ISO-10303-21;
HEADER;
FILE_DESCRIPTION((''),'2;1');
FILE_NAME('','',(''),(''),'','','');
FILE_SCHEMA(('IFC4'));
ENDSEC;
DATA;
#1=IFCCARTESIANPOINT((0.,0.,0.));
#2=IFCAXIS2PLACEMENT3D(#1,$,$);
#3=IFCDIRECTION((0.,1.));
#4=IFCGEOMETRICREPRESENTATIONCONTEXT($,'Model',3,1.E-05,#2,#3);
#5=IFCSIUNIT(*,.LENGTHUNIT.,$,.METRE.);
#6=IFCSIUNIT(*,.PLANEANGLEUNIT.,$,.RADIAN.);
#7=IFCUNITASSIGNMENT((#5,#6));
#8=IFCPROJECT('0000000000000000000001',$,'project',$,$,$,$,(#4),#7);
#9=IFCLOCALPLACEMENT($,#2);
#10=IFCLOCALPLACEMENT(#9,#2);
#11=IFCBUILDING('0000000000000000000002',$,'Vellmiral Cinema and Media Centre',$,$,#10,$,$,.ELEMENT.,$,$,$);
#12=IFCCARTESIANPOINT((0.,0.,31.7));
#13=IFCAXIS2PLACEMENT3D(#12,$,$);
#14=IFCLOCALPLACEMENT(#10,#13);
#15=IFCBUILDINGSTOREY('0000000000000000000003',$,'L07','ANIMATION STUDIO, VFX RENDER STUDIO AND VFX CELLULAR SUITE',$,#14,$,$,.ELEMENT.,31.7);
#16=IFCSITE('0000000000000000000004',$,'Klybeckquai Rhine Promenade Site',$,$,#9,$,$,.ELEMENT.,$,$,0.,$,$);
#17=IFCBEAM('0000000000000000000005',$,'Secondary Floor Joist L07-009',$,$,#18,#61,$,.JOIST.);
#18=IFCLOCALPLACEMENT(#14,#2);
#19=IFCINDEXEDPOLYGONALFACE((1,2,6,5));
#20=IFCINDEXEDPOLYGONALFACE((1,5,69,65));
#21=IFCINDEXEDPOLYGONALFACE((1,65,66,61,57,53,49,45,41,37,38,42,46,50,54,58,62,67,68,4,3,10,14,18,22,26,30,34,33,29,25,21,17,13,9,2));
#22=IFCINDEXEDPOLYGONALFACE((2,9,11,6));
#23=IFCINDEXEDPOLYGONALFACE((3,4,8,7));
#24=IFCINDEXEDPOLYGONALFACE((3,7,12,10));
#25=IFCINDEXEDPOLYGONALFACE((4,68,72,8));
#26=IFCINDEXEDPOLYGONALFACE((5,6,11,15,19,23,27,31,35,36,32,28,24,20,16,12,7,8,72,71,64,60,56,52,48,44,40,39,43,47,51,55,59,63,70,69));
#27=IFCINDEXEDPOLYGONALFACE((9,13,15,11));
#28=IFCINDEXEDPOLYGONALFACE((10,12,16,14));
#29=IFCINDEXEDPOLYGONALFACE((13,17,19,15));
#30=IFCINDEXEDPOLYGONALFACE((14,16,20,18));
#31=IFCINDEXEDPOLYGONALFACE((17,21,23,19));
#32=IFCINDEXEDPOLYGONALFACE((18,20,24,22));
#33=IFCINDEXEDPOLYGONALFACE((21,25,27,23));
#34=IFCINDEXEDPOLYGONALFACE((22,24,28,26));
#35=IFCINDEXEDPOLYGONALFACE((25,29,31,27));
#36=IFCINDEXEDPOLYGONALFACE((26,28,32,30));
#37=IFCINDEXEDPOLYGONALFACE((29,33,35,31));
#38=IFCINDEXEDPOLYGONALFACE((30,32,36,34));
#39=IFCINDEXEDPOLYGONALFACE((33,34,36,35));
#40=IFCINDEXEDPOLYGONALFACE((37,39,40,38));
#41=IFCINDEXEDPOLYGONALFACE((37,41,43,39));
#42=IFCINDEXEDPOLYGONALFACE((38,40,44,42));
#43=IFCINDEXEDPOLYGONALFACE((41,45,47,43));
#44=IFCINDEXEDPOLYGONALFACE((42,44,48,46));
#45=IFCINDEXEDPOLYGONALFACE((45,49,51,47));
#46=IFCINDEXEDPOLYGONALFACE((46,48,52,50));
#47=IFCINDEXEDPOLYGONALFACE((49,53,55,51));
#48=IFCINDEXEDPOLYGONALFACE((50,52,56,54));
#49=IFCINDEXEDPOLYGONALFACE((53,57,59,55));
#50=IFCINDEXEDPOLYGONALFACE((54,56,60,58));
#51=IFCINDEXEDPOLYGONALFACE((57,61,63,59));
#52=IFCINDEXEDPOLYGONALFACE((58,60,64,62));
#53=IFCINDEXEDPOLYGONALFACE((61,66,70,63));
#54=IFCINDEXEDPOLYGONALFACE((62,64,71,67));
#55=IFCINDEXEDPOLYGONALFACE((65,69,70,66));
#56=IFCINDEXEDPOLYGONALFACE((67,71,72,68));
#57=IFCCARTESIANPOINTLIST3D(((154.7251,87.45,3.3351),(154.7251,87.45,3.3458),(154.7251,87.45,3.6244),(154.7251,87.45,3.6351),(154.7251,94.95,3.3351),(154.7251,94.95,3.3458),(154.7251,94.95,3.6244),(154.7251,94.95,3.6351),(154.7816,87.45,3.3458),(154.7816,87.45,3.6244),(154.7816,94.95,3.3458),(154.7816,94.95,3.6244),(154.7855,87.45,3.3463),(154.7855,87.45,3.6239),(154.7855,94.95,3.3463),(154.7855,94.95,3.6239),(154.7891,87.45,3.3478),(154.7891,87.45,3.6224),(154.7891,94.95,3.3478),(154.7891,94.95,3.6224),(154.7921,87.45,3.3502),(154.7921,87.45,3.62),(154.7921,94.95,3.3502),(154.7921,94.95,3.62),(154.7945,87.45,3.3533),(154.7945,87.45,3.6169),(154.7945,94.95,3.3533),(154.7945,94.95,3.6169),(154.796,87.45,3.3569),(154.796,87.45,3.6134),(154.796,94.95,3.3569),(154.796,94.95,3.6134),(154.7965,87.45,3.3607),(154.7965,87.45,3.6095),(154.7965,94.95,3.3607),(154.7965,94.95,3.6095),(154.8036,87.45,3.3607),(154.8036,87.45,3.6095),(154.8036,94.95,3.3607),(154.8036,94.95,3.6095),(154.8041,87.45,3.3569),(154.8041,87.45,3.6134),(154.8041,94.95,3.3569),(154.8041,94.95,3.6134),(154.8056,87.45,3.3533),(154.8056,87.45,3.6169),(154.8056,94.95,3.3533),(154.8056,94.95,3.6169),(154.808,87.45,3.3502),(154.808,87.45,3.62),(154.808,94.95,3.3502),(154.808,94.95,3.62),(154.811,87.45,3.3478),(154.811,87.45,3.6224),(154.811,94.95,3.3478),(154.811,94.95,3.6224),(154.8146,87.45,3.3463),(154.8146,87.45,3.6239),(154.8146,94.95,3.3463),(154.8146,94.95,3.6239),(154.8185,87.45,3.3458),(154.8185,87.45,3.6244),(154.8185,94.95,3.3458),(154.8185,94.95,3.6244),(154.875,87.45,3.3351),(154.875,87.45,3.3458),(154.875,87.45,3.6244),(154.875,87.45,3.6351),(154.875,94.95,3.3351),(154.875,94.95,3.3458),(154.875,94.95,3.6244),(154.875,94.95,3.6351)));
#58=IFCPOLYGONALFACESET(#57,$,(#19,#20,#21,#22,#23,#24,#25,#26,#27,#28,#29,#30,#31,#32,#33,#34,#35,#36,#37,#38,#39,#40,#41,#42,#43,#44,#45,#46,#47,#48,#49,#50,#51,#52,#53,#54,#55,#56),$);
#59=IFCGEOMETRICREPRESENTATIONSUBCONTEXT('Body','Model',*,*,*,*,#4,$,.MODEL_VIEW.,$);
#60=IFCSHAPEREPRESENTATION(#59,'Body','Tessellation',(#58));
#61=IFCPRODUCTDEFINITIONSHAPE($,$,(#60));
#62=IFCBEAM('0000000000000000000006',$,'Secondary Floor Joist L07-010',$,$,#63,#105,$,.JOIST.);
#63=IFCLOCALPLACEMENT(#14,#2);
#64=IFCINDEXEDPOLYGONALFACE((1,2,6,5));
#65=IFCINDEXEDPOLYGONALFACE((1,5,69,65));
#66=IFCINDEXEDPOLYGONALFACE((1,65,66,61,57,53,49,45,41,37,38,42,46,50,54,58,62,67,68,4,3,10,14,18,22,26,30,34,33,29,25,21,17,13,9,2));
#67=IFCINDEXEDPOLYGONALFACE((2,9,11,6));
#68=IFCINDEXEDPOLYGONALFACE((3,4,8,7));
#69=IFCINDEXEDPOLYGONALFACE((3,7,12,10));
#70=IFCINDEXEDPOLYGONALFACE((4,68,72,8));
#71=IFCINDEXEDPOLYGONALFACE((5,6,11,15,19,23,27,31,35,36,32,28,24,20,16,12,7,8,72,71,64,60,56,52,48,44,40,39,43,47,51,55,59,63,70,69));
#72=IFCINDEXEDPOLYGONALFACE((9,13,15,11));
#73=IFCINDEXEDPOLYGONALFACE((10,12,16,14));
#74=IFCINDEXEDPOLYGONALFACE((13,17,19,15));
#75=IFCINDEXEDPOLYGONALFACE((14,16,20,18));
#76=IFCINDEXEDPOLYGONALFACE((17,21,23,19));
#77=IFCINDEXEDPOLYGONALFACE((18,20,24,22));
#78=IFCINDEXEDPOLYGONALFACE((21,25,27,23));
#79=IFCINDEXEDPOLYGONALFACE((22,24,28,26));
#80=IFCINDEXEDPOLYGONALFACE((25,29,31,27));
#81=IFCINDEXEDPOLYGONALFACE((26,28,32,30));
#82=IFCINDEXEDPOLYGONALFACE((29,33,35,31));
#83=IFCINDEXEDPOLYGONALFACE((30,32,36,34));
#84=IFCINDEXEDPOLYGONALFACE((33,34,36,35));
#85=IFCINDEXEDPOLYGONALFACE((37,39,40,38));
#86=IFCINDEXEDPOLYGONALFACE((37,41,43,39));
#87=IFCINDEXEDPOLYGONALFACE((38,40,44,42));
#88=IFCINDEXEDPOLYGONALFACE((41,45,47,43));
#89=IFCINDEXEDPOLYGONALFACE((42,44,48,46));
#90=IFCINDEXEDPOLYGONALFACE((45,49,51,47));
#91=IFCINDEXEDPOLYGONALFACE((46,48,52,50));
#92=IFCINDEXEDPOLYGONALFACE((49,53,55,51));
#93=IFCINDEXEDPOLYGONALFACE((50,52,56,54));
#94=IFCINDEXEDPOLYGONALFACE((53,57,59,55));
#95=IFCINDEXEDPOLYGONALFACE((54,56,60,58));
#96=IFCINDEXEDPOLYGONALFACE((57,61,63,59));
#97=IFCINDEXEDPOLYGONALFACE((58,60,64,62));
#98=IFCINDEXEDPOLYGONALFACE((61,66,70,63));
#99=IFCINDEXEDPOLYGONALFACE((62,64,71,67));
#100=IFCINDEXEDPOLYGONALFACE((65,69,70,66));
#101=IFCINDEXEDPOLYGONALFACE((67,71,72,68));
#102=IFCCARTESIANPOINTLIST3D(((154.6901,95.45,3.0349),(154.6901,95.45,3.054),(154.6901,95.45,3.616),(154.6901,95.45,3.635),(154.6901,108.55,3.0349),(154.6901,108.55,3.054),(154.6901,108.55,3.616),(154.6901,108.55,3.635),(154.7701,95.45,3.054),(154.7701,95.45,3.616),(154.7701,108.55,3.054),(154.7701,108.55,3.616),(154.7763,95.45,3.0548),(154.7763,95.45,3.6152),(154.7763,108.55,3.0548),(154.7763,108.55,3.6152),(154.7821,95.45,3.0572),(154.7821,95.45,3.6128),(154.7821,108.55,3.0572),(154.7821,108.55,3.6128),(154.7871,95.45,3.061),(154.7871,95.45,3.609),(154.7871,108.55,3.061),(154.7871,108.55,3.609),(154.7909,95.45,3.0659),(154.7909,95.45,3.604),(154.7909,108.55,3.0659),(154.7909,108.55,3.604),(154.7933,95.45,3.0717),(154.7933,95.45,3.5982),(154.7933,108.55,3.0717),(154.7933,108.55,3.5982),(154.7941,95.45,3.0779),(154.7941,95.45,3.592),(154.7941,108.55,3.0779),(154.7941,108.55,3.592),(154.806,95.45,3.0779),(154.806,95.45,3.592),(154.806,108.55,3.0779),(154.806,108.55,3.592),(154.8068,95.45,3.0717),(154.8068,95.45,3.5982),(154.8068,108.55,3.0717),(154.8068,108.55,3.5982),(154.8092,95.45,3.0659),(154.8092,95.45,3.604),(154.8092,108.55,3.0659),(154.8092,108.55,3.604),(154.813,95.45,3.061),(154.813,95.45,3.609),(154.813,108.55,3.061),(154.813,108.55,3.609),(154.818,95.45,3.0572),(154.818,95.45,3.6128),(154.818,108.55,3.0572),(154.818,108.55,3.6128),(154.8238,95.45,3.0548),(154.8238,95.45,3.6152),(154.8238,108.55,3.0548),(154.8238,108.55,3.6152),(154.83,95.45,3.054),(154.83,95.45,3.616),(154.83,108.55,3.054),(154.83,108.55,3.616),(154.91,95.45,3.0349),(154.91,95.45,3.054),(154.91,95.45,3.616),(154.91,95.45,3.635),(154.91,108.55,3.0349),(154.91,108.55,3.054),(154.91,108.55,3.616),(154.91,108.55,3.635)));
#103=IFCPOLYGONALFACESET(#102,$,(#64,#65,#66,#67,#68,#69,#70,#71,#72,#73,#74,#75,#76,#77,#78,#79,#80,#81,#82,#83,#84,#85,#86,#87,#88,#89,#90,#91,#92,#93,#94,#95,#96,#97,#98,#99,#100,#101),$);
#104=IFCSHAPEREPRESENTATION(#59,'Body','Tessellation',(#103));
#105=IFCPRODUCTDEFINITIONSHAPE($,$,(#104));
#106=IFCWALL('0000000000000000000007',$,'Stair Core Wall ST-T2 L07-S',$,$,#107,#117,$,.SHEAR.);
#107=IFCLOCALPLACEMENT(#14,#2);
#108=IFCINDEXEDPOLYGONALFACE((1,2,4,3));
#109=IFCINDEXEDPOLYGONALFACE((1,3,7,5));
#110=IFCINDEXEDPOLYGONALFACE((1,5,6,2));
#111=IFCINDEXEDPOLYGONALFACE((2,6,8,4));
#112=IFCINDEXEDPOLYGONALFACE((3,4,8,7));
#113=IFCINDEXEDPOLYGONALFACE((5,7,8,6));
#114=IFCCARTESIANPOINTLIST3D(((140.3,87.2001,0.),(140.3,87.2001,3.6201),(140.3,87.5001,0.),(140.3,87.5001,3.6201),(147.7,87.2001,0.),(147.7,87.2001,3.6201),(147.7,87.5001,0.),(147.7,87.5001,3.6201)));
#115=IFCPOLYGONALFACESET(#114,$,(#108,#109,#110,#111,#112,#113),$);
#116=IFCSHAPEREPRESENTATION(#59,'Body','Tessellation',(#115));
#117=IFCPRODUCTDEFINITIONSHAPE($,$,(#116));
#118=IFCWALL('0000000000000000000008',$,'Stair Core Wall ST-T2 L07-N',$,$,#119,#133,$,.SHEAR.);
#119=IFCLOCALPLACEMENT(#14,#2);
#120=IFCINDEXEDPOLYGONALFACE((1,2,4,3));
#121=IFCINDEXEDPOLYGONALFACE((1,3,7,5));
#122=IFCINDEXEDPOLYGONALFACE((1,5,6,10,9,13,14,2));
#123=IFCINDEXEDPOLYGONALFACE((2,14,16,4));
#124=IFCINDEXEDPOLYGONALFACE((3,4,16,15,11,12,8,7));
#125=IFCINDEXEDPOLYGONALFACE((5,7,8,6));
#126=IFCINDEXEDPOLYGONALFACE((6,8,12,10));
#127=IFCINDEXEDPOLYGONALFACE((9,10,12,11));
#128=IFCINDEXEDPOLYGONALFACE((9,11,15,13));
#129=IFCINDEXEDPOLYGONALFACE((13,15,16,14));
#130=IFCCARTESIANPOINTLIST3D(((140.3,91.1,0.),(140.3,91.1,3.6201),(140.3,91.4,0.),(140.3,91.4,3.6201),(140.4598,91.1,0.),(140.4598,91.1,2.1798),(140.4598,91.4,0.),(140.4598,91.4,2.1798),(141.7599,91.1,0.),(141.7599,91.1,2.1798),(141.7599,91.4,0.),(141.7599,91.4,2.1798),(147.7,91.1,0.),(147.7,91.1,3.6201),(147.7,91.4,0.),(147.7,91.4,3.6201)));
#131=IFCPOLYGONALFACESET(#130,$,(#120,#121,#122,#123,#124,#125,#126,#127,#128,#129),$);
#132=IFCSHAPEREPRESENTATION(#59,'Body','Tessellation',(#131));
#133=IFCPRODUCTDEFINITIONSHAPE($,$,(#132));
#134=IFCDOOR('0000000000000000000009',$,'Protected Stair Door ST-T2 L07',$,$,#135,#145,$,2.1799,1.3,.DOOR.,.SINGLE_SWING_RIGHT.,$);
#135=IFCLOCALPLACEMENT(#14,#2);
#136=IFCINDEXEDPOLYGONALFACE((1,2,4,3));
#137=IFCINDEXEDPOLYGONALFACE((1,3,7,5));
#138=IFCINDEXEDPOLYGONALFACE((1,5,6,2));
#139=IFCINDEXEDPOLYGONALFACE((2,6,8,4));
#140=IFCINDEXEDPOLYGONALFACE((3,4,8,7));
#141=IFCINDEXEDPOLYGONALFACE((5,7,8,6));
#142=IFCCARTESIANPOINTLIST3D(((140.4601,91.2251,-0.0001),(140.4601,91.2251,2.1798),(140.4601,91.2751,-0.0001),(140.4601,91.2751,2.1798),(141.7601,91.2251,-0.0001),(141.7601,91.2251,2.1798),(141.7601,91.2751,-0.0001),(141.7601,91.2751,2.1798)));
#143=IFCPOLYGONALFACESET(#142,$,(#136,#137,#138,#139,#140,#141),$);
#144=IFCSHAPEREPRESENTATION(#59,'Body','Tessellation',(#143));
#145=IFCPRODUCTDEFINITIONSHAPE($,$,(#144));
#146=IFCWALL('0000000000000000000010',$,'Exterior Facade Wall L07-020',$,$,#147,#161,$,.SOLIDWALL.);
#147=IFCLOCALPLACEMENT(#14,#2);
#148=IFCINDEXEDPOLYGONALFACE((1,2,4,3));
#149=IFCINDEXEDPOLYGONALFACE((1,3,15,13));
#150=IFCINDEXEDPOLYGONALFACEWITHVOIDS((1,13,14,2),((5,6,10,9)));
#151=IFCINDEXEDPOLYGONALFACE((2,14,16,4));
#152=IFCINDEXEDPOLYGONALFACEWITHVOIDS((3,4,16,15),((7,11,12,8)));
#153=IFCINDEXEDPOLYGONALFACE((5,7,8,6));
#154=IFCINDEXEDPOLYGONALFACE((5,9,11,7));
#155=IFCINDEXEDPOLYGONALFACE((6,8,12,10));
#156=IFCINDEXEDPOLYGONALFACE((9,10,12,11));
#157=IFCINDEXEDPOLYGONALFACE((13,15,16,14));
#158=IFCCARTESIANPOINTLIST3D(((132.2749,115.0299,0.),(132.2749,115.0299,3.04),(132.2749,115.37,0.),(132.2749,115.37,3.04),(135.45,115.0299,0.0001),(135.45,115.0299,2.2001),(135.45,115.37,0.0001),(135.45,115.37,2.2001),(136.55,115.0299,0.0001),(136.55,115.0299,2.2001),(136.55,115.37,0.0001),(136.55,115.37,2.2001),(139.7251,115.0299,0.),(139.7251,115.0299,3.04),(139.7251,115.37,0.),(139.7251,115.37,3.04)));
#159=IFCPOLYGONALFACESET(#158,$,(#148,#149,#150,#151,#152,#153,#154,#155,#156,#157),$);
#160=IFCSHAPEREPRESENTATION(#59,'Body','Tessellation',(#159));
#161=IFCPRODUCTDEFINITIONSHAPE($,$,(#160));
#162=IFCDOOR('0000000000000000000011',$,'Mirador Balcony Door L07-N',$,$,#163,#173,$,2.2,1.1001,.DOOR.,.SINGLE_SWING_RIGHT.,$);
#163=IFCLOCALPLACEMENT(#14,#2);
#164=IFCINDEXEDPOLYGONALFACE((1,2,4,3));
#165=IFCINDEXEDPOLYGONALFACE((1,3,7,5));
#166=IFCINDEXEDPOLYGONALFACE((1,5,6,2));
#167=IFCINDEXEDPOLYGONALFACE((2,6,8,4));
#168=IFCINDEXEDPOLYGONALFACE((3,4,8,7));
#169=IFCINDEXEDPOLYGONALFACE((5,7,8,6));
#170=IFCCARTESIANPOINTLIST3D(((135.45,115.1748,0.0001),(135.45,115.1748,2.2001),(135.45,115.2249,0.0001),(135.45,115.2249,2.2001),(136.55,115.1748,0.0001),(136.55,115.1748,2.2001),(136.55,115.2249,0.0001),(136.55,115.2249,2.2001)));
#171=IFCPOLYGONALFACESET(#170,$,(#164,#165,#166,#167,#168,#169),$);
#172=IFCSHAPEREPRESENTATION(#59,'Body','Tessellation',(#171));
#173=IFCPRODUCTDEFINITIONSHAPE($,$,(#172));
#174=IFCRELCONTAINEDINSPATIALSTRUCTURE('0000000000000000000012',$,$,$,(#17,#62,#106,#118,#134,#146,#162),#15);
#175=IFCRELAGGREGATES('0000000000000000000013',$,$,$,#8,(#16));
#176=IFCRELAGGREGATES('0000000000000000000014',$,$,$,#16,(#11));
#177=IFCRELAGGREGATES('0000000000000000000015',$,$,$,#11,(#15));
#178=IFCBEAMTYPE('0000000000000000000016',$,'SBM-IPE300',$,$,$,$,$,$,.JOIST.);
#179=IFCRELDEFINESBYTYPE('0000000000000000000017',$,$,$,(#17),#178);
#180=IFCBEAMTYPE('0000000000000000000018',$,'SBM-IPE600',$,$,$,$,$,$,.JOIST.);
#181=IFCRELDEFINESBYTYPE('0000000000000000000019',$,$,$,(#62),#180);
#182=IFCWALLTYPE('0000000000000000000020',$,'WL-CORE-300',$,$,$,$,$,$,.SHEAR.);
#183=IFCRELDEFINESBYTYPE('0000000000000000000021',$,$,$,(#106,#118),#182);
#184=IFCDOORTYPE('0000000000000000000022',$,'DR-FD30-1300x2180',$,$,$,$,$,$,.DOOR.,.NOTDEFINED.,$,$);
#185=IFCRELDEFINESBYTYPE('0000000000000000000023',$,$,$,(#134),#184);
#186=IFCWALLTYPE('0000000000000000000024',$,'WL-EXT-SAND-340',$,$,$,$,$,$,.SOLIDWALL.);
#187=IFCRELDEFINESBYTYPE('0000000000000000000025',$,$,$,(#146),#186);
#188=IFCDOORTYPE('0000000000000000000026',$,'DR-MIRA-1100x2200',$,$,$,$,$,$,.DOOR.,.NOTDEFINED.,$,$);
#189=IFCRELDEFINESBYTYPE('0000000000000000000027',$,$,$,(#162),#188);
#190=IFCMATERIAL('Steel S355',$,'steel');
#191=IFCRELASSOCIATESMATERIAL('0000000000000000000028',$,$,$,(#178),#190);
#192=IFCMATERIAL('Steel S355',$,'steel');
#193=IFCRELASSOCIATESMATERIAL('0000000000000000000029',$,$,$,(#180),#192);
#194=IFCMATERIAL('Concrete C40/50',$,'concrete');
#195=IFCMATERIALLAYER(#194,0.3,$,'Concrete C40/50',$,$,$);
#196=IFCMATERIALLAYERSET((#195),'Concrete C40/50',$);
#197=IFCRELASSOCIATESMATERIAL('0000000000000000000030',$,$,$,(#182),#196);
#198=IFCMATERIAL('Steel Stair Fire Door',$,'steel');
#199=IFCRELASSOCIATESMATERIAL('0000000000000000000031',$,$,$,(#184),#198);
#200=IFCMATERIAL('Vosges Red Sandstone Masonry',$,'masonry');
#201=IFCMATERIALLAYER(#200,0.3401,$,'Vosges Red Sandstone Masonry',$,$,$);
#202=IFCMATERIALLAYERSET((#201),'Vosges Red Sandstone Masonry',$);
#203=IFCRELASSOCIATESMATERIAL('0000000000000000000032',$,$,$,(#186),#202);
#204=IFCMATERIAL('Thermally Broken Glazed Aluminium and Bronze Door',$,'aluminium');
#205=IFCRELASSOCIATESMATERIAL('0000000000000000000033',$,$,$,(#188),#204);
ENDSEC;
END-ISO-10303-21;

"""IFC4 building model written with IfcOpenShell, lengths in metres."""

from ifc_helpers import new_model, si_unit, direction, frame, frame_2d, origin, origin_2d, place, context, subcontext, project, spatial, rectangle, i_section, extrude, material, layer, layer_set, material_profile, profile_set, type_object, element, fill, save


model = new_model("IFC4")

# Units and contexts
model_context = context("Model", 3, precision=1e-05, world=origin(), true_north=direction((0.0, 1.0)))
body_context = subcontext(model_context, "Body", "Model", "MODEL_VIEW")
ifc_project = project(units=[si_unit("LENGTHUNIT", "METRE"), si_unit("PLANEANGLEUNIT", "RADIAN")], contexts=[model_context])

# Site, building, storey
site_placement = place(None, origin())
site = spatial("IfcSite", under=ifc_project, at=site_placement, Name="Klybeckquai Rhine Promenade Site", CompositionType="ELEMENT", RefElevation=0.0)
building_placement = place(site_placement, origin())
building = spatial("IfcBuilding", under=site, at=building_placement, Name="Vellmiral Cinema and Media Centre", CompositionType="ELEMENT")
storey_placement = place(building_placement, frame((0.0, 0.0, 31.7)))
storey = spatial("IfcBuildingStorey", under=building, at=storey_placement, Name="L07", Description="ANIMATION STUDIO, VFX RENDER STUDIO AND VFX CELLULAR SUITE", CompositionType="ELEMENT", Elevation=31.7)

# Beams
ifc_material_1 = material(Name="Steel S355", Category="steel")
ifc_material_profile_1 = material_profile(ifc_material_1, i_section(OverallWidth=0.1499, OverallDepth=0.3, WebThickness=0.0071, FlangeThickness=0.0107, FilletRadius=0.0149, at=origin_2d()), Name="IPE 300")
ifc_profile_set_1 = profile_set([ifc_material_profile_1], Name="Steel S355")
beam_type_1 = type_object("IfcBeamType", Name="SBM-IPE300", PredefinedType="JOIST", material=ifc_profile_set_1)
beam_1_placement = place(storey_placement, frame((154.8, 87.45, 3.4851), z_axis=(0.0, 1.0, 0.0), x_axis=(-1.0, 0.0, 0.0)))
element("IfcBeam", 1, at=beam_1_placement, inside=storey, type_object=beam_type_1, Name="Secondary Floor Joist L07-009", PredefinedType="JOIST", context=body_context, shape_type="SweptSolid", body=[
    extrude(i_section(OverallWidth=0.1499, OverallDepth=0.3, WebThickness=0.0071, FlangeThickness=0.0107, FilletRadius=0.0149, at=origin_2d()), origin(), (0.0, 0.0, 1.0), 7.5),
])
ifc_material_2 = material(Name="Steel S355", Category="steel")
ifc_material_profile_2 = material_profile(ifc_material_2, i_section(OverallWidth=0.22, OverallDepth=0.6001, WebThickness=0.012, FlangeThickness=0.019, FilletRadius=0.0239, at=origin_2d()), Name="IPE 600")
ifc_profile_set_2 = profile_set([ifc_material_profile_2], Name="Steel S355")
beam_type_2 = type_object("IfcBeamType", Name="SBM-IPE600", PredefinedType="JOIST", material=ifc_profile_set_2)
beam_2_placement = place(storey_placement, frame((154.8, 95.45, 3.335), z_axis=(0.0, 1.0, 0.0), x_axis=(-1.0, 0.0, 0.0)))
element("IfcBeam", 2, at=beam_2_placement, inside=storey, type_object=beam_type_2, Name="Secondary Floor Joist L07-010", PredefinedType="JOIST", context=body_context, shape_type="SweptSolid", body=[
    extrude(i_section(OverallWidth=0.22, OverallDepth=0.6001, WebThickness=0.012, FlangeThickness=0.019, FilletRadius=0.0239, at=origin_2d()), origin(), (0.0, 0.0, 1.0), 13.1001),
])

# Wall
ifc_material_3 = material(Name="Concrete C40/50", Category="concrete")
ifc_layer_1 = layer(ifc_material_3, 0.3, Name="Concrete C40/50")
ifc_layer_set_1 = layer_set([ifc_layer_1], Name="Concrete C40/50")
wall_type_1 = type_object("IfcWallType", Name="WL-CORE-300", PredefinedType="SHEAR", material=ifc_layer_set_1)
wall_1_placement = place(storey_placement, frame((140.3, 87.3501, 0.0), z_axis=(0.0, 0.0, 1.0), x_axis=(1.0, 0.0, 0.0)))
element("IfcWall", 3, at=wall_1_placement, inside=storey, type_object=wall_type_1, Name="Stair Core Wall ST-T2 L07-S", PredefinedType="SHEAR", context=body_context, shape_type="SweptSolid", body=[
    extrude(rectangle(XDim=7.3999, YDim=0.3, at=frame_2d((3.7, 0.0))), origin(), (0.0, 0.0, 1.0), 3.6201),
])

# Walls, openings, doors
wall_2_placement = place(storey_placement, frame((140.3, 91.25, 0.0), z_axis=(0.0, 0.0, 1.0), x_axis=(1.0, 0.0, 0.0)))
wall_2 = element("IfcWall", 4, at=wall_2_placement, inside=storey, type_object=wall_type_1, Name="Stair Core Wall ST-T2 L07-N", PredefinedType="SHEAR", context=body_context, shape_type="SweptSolid", body=[
    extrude(rectangle(XDim=7.3999, YDim=0.3, at=frame_2d((3.7, 0.0))), origin(), (0.0, 0.0, 1.0), 3.6201),
])
opening_1_placement = place(wall_2_placement, frame((0.1599, 0.0, 0.0)))
opening_1 = element("IfcOpeningElement", 5, at=opening_1_placement, cuts=wall_2, PredefinedType="OPENING", context=body_context, shape_type="SweptSolid", body=[
    extrude(rectangle(XDim=1.3, YDim=2.1799, at=frame_2d((0.6499, 1.0898))), frame((0.0, 0.1621, 0.0), z_axis=(0.0, -1.0, 0.0), x_axis=(1.0, 0.0, 0.0)), (0.0, 0.0, 1.0), 0.324),
])
ifc_material_4 = material(Name="Steel Stair Fire Door", Category="steel")
door_type_1 = type_object("IfcDoorType", Name="DR-FD30-1300x2180", OperationType="NOTDEFINED", PredefinedType="DOOR", material=ifc_material_4)
door_1_placement = place(opening_1_placement, frame((1.3, 0.0, 0.0), z_axis=(0.0, 0.0, 1.0), x_axis=(-1.0, 0.0, 0.0)))
door_1 = element("IfcDoor", 6, at=door_1_placement, inside=storey, type_object=door_type_1, Name="Protected Stair Door ST-T2 L07", OperationType="SINGLE_SWING_RIGHT", OverallHeight=2.1799, OverallWidth=1.3, PredefinedType="DOOR", context=body_context, shape_type="SweptSolid", body=[
    extrude(rectangle(XDim=1.3, YDim=2.1799, at=frame_2d((0.6499, 1.0898))), frame((0.0, 0.0249, 0.0), z_axis=(0.0, -1.0, 0.0), x_axis=(1.0, 0.0, 0.0)), (0.0, 0.0, 1.0), 0.05),
])
fill(opening_1, door_1)
ifc_material_5 = material(Name="Vosges Red Sandstone Masonry", Category="masonry")
ifc_layer_2 = layer(ifc_material_5, 0.3401, Name="Vosges Red Sandstone Masonry")
ifc_layer_set_2 = layer_set([ifc_layer_2], Name="Vosges Red Sandstone Masonry")
wall_type_2 = type_object("IfcWallType", Name="WL-EXT-SAND-340", PredefinedType="SOLIDWALL", material=ifc_layer_set_2)
wall_3_placement = place(storey_placement, frame((139.7251, 115.2, 0.0), z_axis=(0.0, 0.0, 1.0), x_axis=(-1.0, 0.0, 0.0)))
wall_3 = element("IfcWall", 7, at=wall_3_placement, inside=storey, type_object=wall_type_2, Name="Exterior Facade Wall L07-020", PredefinedType="SOLIDWALL", context=body_context, shape_type="SweptSolid", body=[
    extrude(rectangle(XDim=7.4502, YDim=0.3401, at=frame_2d((3.7251, 0.0))), origin(), (0.0, 0.0, 1.0), 3.04),
])
opening_2_placement = place(wall_3_placement, frame((3.175, 0.0, 0.0)))
opening_2 = element("IfcOpeningElement", 8, at=opening_2_placement, cuts=wall_3, PredefinedType="OPENING", context=body_context, shape_type="SweptSolid", body=[
    extrude(rectangle(XDim=1.1001, YDim=2.2, at=frame_2d((0.55, 1.1001))), frame((0.0, 0.1821, 0.0), z_axis=(0.0, -1.0, 0.0), x_axis=(1.0, 0.0, 0.0)), (0.0, 0.0, 1.0), 0.364),
])
ifc_material_6 = material(Name="Thermally Broken Glazed Aluminium and Bronze Door", Category="aluminium")
door_type_2 = type_object("IfcDoorType", Name="DR-MIRA-1100x2200", OperationType="NOTDEFINED", PredefinedType="DOOR", material=ifc_material_6)
door_2_placement = place(opening_2_placement, frame((1.1001, 0.0, 0.0), z_axis=(0.0, 0.0, 1.0), x_axis=(-1.0, 0.0, 0.0)))
door_2 = element("IfcDoor", 9, at=door_2_placement, inside=storey, type_object=door_type_2, Name="Mirador Balcony Door L07-N", OperationType="SINGLE_SWING_RIGHT", OverallHeight=2.2, OverallWidth=1.1001, PredefinedType="DOOR", context=body_context, shape_type="SweptSolid", body=[
    extrude(rectangle(XDim=1.1001, YDim=2.2, at=frame_2d((0.55, 1.1001))), frame((0.0, 0.0249, 0.0), z_axis=(0.0, -1.0, 0.0), x_axis=(1.0, 0.0, 0.0)), (0.0, 0.0, 1.0), 0.05),
])
fill(opening_2, door_2)

save(model, "model.ifc")
